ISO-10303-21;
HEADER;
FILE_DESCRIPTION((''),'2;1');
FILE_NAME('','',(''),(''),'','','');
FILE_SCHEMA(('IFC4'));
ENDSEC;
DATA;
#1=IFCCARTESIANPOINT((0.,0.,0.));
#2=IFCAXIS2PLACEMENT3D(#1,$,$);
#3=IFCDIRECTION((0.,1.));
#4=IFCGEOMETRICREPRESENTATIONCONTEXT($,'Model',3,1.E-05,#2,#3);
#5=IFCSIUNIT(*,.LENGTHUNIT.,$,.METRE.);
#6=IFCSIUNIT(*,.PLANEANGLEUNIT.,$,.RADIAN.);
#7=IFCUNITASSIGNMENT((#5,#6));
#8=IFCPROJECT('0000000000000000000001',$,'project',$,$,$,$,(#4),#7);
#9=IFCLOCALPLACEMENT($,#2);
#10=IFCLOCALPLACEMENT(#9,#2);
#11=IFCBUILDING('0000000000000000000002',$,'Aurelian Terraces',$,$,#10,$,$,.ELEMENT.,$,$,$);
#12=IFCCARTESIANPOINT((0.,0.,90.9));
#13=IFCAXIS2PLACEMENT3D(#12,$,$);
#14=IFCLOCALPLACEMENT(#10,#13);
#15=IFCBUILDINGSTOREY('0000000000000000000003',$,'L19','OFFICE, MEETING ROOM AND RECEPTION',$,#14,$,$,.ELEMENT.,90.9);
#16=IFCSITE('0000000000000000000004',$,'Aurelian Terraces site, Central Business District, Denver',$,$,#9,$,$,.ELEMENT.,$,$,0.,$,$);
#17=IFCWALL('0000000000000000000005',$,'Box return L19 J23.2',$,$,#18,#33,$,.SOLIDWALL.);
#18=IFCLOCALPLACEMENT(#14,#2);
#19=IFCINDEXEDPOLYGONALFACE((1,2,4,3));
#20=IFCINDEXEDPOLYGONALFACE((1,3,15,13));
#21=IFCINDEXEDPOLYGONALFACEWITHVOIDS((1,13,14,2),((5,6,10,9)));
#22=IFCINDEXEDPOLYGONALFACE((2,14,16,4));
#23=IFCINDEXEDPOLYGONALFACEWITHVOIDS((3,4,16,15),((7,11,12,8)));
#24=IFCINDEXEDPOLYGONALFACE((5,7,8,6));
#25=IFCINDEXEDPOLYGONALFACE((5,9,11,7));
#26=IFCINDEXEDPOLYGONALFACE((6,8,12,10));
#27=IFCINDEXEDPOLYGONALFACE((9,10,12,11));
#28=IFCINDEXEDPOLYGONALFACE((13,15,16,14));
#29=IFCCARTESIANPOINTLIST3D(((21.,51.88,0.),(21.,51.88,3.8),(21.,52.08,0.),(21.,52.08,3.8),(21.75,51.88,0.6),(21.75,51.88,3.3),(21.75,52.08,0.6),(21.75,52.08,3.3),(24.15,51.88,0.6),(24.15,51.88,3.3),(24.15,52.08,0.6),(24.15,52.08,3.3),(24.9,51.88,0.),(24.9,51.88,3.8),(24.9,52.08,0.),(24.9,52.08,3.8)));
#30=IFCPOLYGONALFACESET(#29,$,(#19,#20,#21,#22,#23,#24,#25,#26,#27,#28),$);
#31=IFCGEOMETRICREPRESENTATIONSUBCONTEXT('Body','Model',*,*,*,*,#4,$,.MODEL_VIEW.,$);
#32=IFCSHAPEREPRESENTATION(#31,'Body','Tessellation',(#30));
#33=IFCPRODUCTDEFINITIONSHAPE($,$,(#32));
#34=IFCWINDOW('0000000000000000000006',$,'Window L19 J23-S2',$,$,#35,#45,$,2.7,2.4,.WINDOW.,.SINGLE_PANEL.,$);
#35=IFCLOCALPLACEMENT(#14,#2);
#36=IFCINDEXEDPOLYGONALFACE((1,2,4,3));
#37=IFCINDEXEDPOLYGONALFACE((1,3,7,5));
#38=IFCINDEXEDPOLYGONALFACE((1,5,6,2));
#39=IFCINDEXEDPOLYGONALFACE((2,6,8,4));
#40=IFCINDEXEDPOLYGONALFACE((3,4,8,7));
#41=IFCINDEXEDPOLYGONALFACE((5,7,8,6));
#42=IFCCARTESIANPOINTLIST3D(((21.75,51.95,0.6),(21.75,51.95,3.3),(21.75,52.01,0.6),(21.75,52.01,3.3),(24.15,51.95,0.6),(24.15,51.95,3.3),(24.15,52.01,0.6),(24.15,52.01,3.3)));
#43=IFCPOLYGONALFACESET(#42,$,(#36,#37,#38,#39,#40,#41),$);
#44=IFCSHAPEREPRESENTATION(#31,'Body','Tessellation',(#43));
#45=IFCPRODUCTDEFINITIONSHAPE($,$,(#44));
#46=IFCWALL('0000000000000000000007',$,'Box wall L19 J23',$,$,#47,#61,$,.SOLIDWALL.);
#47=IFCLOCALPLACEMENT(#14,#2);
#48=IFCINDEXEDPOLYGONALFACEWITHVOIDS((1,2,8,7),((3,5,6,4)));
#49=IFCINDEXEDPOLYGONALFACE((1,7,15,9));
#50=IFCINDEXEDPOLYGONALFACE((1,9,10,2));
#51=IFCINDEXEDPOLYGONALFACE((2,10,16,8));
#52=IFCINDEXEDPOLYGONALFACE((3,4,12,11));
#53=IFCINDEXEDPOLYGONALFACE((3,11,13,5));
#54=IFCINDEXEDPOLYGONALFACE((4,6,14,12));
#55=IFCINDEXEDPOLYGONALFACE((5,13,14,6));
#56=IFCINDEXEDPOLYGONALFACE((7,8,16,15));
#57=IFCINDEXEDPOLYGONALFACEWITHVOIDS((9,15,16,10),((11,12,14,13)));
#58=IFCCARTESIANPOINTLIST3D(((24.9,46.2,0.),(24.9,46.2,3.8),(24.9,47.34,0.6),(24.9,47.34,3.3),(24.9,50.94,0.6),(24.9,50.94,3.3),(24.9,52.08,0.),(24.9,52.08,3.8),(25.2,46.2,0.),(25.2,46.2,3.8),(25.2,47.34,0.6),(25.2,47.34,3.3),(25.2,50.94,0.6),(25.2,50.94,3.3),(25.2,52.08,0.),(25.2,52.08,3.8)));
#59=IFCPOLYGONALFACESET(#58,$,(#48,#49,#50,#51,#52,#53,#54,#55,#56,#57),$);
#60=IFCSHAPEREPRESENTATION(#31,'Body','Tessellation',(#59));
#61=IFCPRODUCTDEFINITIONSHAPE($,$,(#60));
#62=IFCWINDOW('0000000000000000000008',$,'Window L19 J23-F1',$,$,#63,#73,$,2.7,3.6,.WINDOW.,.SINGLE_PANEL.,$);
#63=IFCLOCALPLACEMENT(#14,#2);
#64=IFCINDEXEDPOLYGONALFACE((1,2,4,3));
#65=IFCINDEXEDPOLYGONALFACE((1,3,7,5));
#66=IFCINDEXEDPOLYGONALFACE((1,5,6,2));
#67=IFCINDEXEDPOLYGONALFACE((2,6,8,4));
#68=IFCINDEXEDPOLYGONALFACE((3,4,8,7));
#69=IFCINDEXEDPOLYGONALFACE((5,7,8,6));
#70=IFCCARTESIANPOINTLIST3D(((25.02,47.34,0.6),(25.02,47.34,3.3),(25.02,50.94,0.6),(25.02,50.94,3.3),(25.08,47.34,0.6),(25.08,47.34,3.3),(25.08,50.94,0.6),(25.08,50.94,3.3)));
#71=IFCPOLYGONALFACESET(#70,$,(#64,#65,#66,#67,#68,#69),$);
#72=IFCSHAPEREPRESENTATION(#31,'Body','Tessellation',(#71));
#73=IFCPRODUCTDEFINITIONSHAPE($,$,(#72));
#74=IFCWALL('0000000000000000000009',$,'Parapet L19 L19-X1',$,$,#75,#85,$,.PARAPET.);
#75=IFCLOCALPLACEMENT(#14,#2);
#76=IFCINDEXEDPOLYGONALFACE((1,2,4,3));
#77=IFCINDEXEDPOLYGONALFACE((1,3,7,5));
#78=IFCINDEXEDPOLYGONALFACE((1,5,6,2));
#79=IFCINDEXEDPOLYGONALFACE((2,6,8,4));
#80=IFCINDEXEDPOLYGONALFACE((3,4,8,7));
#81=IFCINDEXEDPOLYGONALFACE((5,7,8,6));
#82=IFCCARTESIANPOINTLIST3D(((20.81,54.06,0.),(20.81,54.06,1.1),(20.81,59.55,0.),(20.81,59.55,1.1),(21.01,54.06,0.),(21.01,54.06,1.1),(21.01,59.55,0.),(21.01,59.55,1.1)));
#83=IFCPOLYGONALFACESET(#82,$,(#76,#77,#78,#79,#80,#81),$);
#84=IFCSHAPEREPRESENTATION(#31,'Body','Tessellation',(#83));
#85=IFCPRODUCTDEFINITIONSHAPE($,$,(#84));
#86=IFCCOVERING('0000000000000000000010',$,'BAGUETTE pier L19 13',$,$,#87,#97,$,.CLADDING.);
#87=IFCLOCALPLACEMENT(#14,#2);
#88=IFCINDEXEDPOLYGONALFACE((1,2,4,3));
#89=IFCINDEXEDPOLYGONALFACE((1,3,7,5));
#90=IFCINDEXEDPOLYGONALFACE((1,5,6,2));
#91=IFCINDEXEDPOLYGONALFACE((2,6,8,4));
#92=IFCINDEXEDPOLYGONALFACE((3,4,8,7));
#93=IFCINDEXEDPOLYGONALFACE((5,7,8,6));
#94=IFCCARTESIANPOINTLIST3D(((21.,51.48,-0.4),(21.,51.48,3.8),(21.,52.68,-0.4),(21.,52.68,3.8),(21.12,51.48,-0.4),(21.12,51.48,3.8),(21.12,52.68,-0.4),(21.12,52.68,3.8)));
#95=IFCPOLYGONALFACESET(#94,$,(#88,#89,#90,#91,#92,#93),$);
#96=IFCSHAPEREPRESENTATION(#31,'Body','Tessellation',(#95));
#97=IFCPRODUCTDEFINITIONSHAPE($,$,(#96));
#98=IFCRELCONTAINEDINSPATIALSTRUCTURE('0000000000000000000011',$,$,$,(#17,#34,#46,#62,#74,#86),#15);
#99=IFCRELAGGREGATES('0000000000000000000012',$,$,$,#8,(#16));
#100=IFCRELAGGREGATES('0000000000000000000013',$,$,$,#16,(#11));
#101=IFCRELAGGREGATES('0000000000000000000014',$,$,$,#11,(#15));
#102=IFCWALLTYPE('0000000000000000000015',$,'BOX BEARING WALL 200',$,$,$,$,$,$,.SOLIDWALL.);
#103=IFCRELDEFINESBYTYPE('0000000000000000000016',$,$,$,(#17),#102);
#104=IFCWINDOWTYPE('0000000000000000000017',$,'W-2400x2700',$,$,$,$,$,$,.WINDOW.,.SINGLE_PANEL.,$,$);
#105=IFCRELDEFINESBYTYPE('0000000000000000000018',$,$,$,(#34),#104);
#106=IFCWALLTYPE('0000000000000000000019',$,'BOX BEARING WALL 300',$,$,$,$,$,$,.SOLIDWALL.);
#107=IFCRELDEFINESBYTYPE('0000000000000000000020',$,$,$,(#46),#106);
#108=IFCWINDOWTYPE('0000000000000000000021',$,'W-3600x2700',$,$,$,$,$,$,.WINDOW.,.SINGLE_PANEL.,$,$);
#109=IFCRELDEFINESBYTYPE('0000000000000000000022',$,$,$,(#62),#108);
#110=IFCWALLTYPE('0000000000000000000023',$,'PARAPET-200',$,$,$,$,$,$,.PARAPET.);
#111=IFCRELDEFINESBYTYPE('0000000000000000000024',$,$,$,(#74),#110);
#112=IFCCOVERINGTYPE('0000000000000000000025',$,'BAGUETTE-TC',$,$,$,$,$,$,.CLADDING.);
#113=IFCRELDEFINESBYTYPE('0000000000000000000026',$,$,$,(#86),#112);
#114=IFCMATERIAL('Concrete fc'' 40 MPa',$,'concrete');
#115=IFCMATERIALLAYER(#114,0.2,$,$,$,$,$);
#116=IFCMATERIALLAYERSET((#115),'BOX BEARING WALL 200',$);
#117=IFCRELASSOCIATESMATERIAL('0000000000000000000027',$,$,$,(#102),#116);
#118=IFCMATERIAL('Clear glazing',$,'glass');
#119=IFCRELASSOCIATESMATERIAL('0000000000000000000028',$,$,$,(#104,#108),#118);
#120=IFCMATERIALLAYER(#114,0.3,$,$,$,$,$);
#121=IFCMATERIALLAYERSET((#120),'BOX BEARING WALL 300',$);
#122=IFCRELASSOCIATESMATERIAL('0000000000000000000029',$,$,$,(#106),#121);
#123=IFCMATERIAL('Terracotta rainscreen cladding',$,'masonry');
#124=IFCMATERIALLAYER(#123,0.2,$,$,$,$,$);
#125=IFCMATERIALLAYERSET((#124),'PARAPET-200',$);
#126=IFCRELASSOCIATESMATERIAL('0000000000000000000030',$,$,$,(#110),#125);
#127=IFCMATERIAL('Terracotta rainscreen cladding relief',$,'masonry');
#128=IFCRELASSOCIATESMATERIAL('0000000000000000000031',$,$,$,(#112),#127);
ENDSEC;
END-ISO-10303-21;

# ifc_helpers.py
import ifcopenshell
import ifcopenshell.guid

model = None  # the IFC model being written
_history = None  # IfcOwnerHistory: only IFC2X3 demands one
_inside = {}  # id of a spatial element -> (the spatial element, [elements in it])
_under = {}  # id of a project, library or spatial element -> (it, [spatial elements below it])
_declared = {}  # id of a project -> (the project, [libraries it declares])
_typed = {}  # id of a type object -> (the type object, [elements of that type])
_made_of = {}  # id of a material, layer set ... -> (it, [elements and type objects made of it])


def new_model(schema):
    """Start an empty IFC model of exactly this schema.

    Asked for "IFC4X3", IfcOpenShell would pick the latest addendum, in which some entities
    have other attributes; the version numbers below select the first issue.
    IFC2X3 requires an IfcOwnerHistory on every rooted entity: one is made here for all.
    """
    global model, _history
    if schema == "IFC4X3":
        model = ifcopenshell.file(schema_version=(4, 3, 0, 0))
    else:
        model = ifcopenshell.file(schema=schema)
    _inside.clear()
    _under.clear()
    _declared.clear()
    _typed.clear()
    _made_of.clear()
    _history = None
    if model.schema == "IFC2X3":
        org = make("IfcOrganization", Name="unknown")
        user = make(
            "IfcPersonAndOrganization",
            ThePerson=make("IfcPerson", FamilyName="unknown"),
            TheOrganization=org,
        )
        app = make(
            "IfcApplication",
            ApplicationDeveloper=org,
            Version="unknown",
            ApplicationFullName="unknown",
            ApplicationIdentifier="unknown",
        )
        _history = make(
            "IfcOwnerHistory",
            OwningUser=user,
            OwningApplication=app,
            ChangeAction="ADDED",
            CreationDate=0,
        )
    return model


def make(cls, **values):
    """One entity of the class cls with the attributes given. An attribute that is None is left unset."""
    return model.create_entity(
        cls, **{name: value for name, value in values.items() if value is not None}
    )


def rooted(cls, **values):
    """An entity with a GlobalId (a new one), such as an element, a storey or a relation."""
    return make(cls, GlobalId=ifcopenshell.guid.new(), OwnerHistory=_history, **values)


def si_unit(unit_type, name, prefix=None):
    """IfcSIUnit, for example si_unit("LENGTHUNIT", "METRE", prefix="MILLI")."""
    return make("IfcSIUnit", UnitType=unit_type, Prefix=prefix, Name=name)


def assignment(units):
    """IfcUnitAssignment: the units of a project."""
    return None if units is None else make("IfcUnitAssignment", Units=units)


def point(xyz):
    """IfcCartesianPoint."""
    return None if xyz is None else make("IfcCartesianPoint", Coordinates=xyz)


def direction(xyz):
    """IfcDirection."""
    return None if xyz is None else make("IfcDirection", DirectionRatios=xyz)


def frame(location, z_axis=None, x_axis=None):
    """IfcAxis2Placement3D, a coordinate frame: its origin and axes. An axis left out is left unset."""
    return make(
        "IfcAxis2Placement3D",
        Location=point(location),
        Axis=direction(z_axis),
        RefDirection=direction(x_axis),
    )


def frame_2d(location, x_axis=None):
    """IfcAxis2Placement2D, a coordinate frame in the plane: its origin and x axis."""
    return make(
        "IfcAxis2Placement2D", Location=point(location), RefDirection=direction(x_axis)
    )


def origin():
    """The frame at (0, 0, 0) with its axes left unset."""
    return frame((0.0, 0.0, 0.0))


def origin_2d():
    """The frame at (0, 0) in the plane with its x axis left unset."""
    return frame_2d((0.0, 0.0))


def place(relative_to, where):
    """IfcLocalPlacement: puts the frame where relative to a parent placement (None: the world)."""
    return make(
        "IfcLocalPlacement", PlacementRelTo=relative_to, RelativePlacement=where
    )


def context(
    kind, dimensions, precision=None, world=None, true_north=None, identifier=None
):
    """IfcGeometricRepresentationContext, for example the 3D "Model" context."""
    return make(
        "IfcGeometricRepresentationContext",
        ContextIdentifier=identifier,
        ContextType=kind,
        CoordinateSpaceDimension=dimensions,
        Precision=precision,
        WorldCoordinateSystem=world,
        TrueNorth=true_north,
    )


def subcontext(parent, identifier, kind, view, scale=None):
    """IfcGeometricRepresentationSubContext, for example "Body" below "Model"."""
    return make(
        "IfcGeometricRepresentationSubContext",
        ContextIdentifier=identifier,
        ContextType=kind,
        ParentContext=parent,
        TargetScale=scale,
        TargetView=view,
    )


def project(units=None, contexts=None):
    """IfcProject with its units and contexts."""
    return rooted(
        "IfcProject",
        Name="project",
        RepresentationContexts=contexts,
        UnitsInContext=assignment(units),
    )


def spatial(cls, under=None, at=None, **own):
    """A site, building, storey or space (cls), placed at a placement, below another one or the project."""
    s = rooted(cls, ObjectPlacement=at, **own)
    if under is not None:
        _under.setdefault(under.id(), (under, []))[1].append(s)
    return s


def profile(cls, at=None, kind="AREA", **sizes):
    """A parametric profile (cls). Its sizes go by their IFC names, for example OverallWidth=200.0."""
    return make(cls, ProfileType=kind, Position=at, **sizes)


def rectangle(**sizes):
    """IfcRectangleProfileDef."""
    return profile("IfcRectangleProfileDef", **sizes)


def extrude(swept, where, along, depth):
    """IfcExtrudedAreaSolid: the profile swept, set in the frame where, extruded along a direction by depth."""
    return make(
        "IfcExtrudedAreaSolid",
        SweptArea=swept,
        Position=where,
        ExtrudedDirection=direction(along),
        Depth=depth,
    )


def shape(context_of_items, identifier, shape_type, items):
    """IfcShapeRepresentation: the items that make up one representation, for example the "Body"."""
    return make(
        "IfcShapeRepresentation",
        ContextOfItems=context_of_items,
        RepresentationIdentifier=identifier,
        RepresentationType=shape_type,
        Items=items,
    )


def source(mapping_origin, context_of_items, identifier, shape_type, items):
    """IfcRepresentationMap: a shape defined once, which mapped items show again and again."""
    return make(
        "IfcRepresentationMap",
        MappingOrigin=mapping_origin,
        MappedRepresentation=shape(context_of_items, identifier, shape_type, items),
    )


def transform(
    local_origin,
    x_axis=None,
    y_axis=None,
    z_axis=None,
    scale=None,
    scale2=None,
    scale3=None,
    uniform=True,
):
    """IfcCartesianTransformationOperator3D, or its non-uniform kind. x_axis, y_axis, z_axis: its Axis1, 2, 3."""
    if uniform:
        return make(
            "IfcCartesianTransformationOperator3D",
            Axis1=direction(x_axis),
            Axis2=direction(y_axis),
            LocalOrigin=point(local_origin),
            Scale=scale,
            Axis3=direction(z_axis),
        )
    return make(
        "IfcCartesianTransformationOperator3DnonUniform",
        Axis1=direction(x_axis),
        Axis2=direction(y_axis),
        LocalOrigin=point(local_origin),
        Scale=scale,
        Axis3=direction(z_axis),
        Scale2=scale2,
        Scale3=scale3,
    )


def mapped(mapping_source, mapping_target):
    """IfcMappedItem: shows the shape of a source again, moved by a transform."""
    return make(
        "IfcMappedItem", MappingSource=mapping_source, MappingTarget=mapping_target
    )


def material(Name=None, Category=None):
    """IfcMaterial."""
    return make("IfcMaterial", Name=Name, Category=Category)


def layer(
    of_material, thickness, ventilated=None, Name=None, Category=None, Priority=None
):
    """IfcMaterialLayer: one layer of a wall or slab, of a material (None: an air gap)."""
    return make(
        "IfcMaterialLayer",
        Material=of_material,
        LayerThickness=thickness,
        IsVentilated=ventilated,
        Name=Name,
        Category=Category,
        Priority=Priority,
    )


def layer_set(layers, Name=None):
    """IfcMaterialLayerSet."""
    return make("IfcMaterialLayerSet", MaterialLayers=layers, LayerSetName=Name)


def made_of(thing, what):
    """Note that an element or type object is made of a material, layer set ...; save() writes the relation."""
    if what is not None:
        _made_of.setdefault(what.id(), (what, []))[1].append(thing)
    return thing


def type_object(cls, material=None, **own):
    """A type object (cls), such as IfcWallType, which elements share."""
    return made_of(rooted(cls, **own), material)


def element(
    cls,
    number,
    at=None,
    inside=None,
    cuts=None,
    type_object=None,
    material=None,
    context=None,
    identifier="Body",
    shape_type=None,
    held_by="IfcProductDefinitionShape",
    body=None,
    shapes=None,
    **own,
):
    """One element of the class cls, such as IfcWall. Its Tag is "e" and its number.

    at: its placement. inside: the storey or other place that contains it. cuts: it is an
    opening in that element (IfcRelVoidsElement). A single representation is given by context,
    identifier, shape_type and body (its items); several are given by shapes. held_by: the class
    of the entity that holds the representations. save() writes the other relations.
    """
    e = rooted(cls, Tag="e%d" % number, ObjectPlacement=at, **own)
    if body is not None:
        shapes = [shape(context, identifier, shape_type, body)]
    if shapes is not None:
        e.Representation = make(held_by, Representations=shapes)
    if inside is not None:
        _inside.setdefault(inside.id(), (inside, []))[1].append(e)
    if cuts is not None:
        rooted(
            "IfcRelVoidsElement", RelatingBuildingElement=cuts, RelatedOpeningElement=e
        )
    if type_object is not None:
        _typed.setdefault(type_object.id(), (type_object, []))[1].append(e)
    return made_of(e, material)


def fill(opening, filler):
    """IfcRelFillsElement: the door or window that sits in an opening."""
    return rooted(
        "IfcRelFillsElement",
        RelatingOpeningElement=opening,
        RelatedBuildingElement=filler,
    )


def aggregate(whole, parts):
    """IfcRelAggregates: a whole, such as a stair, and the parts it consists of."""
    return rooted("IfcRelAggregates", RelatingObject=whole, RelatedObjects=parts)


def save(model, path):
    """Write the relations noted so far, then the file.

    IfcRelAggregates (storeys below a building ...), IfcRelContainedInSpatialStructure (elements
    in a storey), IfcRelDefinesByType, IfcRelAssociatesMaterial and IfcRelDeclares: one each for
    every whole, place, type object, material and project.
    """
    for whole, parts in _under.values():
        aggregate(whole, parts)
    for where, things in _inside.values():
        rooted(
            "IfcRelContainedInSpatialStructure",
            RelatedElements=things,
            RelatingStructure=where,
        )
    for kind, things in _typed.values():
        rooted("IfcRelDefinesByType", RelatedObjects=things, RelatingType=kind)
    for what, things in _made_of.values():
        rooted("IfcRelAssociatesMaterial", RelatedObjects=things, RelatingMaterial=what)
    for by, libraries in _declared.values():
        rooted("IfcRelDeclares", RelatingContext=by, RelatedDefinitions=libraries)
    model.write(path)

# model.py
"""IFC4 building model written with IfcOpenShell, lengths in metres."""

from ifc_helpers import new_model, si_unit, direction, frame, frame_2d, origin, origin_2d, place, context, subcontext, project, spatial, rectangle, extrude, source, transform, mapped, material, layer, layer_set, type_object, element, fill, save


model = new_model("IFC4")

# Units and contexts
model_context = context("Model", 3, precision=1e-05, world=origin(), true_north=direction((0.0, 1.0)))
body_context = subcontext(model_context, "Body", "Model", "MODEL_VIEW")
ifc_project = project(units=[si_unit("LENGTHUNIT", "METRE"), si_unit("PLANEANGLEUNIT", "RADIAN")], contexts=[model_context])

# Site, building, storey
site_placement = place(None, origin())
site = spatial("IfcSite", under=ifc_project, at=site_placement, Name="Aurelian Terraces site, Central Business District, Denver", CompositionType="ELEMENT", RefElevation=0.0)
building_placement = place(site_placement, origin())
building = spatial("IfcBuilding", under=site, at=building_placement, Name="Aurelian Terraces", CompositionType="ELEMENT")
storey_placement = place(building_placement, frame((0.0, 0.0, 90.9)))
storey = spatial("IfcBuildingStorey", under=building, at=storey_placement, Name="L19", Description="OFFICE, MEETING ROOM AND RECEPTION", CompositionType="ELEMENT", Elevation=90.9)

# Shared definitions
ifc_material_1 = material(Name="Terracotta rainscreen cladding", Category="masonry")
ifc_material_2 = material(Name="Clear glazing", Category="glass")

# Walls, openings, windows
ifc_material_3 = material(Name="Concrete fc' 40 MPa", Category="concrete")
ifc_layer_1 = layer(ifc_material_3, 0.2)
ifc_layer_set_1 = layer_set([ifc_layer_1], Name="BOX BEARING WALL 200")
wall_type_1 = type_object("IfcWallType", Name="BOX BEARING WALL 200", PredefinedType="SOLIDWALL", material=ifc_layer_set_1)
shared_shape_1 = source(origin(), body_context, "Body", "SweptSolid", [
    extrude(rectangle(XDim=3.9, YDim=0.2, at=frame_2d((1.95, 0.0))), origin(), (0.0, 0.0, 1.0), 3.8),
])
shared_shape_2 = source(origin(), body_context, "Body", "SweptSolid", [
    extrude(rectangle(XDim=2.4, YDim=2.7, at=frame_2d((1.2, 1.35))), frame((0.0, 0.11, 0.0), z_axis=(0.0, -1.0, 0.0), x_axis=(1.0, 0.0, 0.0)), (0.0, 0.0, 1.0), 0.22),
])
window_type_1 = type_object("IfcWindowType", Name="W-2400x2700", PartitioningType="SINGLE_PANEL", PredefinedType="WINDOW", material=ifc_material_2)
shared_shape_3 = source(origin(), body_context, "Body", "SweptSolid", [
    extrude(rectangle(XDim=2.4, YDim=2.7, at=frame_2d((1.2, 1.35))), frame((0.0, 0.03, 0.0), z_axis=(0.0, -1.0, 0.0), x_axis=(1.0, 0.0, 0.0)), (0.0, 0.0, 1.0), 0.06),
])
wall_1_placement = place(storey_placement, frame((21.0, 51.98, 0.0), z_axis=(0.0, 0.0, 1.0), x_axis=(1.0, 0.0, 0.0)))
wall_1 = element("IfcWall", 1, at=wall_1_placement, inside=storey, type_object=wall_type_1, Name="Box return L19 J23.2", PredefinedType="SOLIDWALL", context=body_context, shape_type="MappedRepresentation", body=[
    mapped(shared_shape_1, transform((0.0, 0.0, 0.0), scale=1.0)),
])
opening_1_placement = place(wall_1_placement, frame((0.75, 0.0, 0.6)))
opening_1 = element("IfcOpeningElement", 2, at=opening_1_placement, cuts=wall_1, PredefinedType="OPENING", context=body_context, shape_type="MappedRepresentation", body=[
    mapped(shared_shape_2, transform((0.0, 0.0, 0.0), scale=1.0)),
])
window_1_placement = place(opening_1_placement, origin())
window_1 = element("IfcWindow", 3, at=window_1_placement, inside=storey, type_object=window_type_1, Name="Window L19 J23-S2", OverallHeight=2.7, OverallWidth=2.4, PartitioningType="SINGLE_PANEL", PredefinedType="WINDOW", context=body_context, shape_type="MappedRepresentation", body=[
    mapped(shared_shape_3, transform((0.0, 0.0, 0.0), scale=1.0)),
])
fill(opening_1, window_1)
ifc_layer_2 = layer(ifc_material_3, 0.3)
ifc_layer_set_2 = layer_set([ifc_layer_2], Name="BOX BEARING WALL 300")
wall_type_2 = type_object("IfcWallType", Name="BOX BEARING WALL 300", PredefinedType="SOLIDWALL", material=ifc_layer_set_2)
shared_shape_4 = source(origin(), body_context, "Body", "SweptSolid", [
    extrude(rectangle(XDim=5.88, YDim=0.3, at=frame_2d((2.94, 0.0))), origin(), (0.0, 0.0, 1.0), 3.8),
])
wall_2_placement = place(storey_placement, frame((25.05, 46.2, 0.0), z_axis=(0.0, 0.0, 1.0), x_axis=(0.0, 1.0, 0.0)))
wall_2 = element("IfcWall", 4, at=wall_2_placement, inside=storey, type_object=wall_type_2, Name="Box wall L19 J23", PredefinedType="SOLIDWALL", context=body_context, shape_type="MappedRepresentation", body=[
    mapped(shared_shape_4, transform((0.0, 0.0, 0.0), scale=1.0)),
])
shared_shape_5 = source(origin(), body_context, "Body", "SweptSolid", [
    extrude(rectangle(XDim=3.6, YDim=2.7, at=frame_2d((1.8, 1.35))), frame((0.0, 0.16, 0.0), z_axis=(0.0, -1.0, 0.0), x_axis=(1.0, 0.0, 0.0)), (0.0, 0.0, 1.0), 0.32),
])
opening_2_placement = place(wall_2_placement, frame((1.14, 0.0, 0.6)))
opening_2 = element("IfcOpeningElement", 5, at=opening_2_placement, cuts=wall_2, PredefinedType="OPENING", context=body_context, shape_type="MappedRepresentation", body=[
    mapped(shared_shape_5, transform((0.0, 0.0, 0.0), scale=1.0)),
])
window_type_2 = type_object("IfcWindowType", Name="W-3600x2700", PartitioningType="SINGLE_PANEL", PredefinedType="WINDOW", material=ifc_material_2)
shared_shape_6 = source(origin(), body_context, "Body", "SweptSolid", [
    extrude(rectangle(XDim=3.6, YDim=2.7, at=frame_2d((1.8, 1.35))), frame((0.0, 0.03, 0.0), z_axis=(0.0, -1.0, 0.0), x_axis=(1.0, 0.0, 0.0)), (0.0, 0.0, 1.0), 0.06),
])
window_2_placement = place(opening_2_placement, origin())
window_2 = element("IfcWindow", 6, at=window_2_placement, inside=storey, type_object=window_type_2, Name="Window L19 J23-F1", OverallHeight=2.7, OverallWidth=3.6, PartitioningType="SINGLE_PANEL", PredefinedType="WINDOW", context=body_context, shape_type="MappedRepresentation", body=[
    mapped(shared_shape_6, transform((0.0, 0.0, 0.0), scale=1.0)),
])
fill(opening_2, window_2)

# Wall
ifc_layer_3 = layer(ifc_material_1, 0.2)
ifc_layer_set_3 = layer_set([ifc_layer_3], Name="PARAPET-200")
wall_type_3 = type_object("IfcWallType", Name="PARAPET-200", PredefinedType="PARAPET", material=ifc_layer_set_3)
shared_shape_7 = source(origin(), body_context, "Body", "SweptSolid", [
    extrude(rectangle(XDim=5.49, YDim=0.2, at=frame_2d((2.745, 0.0))), origin(), (0.0, 0.0, 1.0), 1.1),
])
wall_3_placement = place(storey_placement, frame((20.91, 59.55, 0.0), z_axis=(0.0, 0.0, 1.0), x_axis=(0.0, -1.0, 0.0)))
element("IfcWall", 7, at=wall_3_placement, inside=storey, type_object=wall_type_3, Name="Parapet L19 L19-X1", PredefinedType="PARAPET", context=body_context, shape_type="MappedRepresentation", body=[
    mapped(shared_shape_7, transform((0.0, 0.0, 0.0), scale=1.0)),
])

# Covering
ifc_material_4 = material(Name="Terracotta rainscreen cladding relief", Category="masonry")
covering_type = type_object("IfcCoveringType", Name="BAGUETTE-TC", PredefinedType="CLADDING", material=ifc_material_4)
shared_shape_8 = source(origin(), body_context, "Body", "SweptSolid", [
    extrude(rectangle(XDim=0.12, YDim=1.2, at=origin_2d()), origin(), (0.0, 0.0, 1.0), 4.2),
])
covering_placement = place(storey_placement, frame((21.06, 52.08, -0.4), z_axis=(0.0, 0.0, 1.0), x_axis=(1.0, 0.0, 0.0)))
element("IfcCovering", 8, at=covering_placement, inside=storey, type_object=covering_type, Name="BAGUETTE pier L19 13", PredefinedType="CLADDING", context=body_context, shape_type="MappedRepresentation", body=[
    mapped(shared_shape_8, transform((0.0, 0.0, 0.0), scale=1.0)),
])

save(model, "model.ifc")
